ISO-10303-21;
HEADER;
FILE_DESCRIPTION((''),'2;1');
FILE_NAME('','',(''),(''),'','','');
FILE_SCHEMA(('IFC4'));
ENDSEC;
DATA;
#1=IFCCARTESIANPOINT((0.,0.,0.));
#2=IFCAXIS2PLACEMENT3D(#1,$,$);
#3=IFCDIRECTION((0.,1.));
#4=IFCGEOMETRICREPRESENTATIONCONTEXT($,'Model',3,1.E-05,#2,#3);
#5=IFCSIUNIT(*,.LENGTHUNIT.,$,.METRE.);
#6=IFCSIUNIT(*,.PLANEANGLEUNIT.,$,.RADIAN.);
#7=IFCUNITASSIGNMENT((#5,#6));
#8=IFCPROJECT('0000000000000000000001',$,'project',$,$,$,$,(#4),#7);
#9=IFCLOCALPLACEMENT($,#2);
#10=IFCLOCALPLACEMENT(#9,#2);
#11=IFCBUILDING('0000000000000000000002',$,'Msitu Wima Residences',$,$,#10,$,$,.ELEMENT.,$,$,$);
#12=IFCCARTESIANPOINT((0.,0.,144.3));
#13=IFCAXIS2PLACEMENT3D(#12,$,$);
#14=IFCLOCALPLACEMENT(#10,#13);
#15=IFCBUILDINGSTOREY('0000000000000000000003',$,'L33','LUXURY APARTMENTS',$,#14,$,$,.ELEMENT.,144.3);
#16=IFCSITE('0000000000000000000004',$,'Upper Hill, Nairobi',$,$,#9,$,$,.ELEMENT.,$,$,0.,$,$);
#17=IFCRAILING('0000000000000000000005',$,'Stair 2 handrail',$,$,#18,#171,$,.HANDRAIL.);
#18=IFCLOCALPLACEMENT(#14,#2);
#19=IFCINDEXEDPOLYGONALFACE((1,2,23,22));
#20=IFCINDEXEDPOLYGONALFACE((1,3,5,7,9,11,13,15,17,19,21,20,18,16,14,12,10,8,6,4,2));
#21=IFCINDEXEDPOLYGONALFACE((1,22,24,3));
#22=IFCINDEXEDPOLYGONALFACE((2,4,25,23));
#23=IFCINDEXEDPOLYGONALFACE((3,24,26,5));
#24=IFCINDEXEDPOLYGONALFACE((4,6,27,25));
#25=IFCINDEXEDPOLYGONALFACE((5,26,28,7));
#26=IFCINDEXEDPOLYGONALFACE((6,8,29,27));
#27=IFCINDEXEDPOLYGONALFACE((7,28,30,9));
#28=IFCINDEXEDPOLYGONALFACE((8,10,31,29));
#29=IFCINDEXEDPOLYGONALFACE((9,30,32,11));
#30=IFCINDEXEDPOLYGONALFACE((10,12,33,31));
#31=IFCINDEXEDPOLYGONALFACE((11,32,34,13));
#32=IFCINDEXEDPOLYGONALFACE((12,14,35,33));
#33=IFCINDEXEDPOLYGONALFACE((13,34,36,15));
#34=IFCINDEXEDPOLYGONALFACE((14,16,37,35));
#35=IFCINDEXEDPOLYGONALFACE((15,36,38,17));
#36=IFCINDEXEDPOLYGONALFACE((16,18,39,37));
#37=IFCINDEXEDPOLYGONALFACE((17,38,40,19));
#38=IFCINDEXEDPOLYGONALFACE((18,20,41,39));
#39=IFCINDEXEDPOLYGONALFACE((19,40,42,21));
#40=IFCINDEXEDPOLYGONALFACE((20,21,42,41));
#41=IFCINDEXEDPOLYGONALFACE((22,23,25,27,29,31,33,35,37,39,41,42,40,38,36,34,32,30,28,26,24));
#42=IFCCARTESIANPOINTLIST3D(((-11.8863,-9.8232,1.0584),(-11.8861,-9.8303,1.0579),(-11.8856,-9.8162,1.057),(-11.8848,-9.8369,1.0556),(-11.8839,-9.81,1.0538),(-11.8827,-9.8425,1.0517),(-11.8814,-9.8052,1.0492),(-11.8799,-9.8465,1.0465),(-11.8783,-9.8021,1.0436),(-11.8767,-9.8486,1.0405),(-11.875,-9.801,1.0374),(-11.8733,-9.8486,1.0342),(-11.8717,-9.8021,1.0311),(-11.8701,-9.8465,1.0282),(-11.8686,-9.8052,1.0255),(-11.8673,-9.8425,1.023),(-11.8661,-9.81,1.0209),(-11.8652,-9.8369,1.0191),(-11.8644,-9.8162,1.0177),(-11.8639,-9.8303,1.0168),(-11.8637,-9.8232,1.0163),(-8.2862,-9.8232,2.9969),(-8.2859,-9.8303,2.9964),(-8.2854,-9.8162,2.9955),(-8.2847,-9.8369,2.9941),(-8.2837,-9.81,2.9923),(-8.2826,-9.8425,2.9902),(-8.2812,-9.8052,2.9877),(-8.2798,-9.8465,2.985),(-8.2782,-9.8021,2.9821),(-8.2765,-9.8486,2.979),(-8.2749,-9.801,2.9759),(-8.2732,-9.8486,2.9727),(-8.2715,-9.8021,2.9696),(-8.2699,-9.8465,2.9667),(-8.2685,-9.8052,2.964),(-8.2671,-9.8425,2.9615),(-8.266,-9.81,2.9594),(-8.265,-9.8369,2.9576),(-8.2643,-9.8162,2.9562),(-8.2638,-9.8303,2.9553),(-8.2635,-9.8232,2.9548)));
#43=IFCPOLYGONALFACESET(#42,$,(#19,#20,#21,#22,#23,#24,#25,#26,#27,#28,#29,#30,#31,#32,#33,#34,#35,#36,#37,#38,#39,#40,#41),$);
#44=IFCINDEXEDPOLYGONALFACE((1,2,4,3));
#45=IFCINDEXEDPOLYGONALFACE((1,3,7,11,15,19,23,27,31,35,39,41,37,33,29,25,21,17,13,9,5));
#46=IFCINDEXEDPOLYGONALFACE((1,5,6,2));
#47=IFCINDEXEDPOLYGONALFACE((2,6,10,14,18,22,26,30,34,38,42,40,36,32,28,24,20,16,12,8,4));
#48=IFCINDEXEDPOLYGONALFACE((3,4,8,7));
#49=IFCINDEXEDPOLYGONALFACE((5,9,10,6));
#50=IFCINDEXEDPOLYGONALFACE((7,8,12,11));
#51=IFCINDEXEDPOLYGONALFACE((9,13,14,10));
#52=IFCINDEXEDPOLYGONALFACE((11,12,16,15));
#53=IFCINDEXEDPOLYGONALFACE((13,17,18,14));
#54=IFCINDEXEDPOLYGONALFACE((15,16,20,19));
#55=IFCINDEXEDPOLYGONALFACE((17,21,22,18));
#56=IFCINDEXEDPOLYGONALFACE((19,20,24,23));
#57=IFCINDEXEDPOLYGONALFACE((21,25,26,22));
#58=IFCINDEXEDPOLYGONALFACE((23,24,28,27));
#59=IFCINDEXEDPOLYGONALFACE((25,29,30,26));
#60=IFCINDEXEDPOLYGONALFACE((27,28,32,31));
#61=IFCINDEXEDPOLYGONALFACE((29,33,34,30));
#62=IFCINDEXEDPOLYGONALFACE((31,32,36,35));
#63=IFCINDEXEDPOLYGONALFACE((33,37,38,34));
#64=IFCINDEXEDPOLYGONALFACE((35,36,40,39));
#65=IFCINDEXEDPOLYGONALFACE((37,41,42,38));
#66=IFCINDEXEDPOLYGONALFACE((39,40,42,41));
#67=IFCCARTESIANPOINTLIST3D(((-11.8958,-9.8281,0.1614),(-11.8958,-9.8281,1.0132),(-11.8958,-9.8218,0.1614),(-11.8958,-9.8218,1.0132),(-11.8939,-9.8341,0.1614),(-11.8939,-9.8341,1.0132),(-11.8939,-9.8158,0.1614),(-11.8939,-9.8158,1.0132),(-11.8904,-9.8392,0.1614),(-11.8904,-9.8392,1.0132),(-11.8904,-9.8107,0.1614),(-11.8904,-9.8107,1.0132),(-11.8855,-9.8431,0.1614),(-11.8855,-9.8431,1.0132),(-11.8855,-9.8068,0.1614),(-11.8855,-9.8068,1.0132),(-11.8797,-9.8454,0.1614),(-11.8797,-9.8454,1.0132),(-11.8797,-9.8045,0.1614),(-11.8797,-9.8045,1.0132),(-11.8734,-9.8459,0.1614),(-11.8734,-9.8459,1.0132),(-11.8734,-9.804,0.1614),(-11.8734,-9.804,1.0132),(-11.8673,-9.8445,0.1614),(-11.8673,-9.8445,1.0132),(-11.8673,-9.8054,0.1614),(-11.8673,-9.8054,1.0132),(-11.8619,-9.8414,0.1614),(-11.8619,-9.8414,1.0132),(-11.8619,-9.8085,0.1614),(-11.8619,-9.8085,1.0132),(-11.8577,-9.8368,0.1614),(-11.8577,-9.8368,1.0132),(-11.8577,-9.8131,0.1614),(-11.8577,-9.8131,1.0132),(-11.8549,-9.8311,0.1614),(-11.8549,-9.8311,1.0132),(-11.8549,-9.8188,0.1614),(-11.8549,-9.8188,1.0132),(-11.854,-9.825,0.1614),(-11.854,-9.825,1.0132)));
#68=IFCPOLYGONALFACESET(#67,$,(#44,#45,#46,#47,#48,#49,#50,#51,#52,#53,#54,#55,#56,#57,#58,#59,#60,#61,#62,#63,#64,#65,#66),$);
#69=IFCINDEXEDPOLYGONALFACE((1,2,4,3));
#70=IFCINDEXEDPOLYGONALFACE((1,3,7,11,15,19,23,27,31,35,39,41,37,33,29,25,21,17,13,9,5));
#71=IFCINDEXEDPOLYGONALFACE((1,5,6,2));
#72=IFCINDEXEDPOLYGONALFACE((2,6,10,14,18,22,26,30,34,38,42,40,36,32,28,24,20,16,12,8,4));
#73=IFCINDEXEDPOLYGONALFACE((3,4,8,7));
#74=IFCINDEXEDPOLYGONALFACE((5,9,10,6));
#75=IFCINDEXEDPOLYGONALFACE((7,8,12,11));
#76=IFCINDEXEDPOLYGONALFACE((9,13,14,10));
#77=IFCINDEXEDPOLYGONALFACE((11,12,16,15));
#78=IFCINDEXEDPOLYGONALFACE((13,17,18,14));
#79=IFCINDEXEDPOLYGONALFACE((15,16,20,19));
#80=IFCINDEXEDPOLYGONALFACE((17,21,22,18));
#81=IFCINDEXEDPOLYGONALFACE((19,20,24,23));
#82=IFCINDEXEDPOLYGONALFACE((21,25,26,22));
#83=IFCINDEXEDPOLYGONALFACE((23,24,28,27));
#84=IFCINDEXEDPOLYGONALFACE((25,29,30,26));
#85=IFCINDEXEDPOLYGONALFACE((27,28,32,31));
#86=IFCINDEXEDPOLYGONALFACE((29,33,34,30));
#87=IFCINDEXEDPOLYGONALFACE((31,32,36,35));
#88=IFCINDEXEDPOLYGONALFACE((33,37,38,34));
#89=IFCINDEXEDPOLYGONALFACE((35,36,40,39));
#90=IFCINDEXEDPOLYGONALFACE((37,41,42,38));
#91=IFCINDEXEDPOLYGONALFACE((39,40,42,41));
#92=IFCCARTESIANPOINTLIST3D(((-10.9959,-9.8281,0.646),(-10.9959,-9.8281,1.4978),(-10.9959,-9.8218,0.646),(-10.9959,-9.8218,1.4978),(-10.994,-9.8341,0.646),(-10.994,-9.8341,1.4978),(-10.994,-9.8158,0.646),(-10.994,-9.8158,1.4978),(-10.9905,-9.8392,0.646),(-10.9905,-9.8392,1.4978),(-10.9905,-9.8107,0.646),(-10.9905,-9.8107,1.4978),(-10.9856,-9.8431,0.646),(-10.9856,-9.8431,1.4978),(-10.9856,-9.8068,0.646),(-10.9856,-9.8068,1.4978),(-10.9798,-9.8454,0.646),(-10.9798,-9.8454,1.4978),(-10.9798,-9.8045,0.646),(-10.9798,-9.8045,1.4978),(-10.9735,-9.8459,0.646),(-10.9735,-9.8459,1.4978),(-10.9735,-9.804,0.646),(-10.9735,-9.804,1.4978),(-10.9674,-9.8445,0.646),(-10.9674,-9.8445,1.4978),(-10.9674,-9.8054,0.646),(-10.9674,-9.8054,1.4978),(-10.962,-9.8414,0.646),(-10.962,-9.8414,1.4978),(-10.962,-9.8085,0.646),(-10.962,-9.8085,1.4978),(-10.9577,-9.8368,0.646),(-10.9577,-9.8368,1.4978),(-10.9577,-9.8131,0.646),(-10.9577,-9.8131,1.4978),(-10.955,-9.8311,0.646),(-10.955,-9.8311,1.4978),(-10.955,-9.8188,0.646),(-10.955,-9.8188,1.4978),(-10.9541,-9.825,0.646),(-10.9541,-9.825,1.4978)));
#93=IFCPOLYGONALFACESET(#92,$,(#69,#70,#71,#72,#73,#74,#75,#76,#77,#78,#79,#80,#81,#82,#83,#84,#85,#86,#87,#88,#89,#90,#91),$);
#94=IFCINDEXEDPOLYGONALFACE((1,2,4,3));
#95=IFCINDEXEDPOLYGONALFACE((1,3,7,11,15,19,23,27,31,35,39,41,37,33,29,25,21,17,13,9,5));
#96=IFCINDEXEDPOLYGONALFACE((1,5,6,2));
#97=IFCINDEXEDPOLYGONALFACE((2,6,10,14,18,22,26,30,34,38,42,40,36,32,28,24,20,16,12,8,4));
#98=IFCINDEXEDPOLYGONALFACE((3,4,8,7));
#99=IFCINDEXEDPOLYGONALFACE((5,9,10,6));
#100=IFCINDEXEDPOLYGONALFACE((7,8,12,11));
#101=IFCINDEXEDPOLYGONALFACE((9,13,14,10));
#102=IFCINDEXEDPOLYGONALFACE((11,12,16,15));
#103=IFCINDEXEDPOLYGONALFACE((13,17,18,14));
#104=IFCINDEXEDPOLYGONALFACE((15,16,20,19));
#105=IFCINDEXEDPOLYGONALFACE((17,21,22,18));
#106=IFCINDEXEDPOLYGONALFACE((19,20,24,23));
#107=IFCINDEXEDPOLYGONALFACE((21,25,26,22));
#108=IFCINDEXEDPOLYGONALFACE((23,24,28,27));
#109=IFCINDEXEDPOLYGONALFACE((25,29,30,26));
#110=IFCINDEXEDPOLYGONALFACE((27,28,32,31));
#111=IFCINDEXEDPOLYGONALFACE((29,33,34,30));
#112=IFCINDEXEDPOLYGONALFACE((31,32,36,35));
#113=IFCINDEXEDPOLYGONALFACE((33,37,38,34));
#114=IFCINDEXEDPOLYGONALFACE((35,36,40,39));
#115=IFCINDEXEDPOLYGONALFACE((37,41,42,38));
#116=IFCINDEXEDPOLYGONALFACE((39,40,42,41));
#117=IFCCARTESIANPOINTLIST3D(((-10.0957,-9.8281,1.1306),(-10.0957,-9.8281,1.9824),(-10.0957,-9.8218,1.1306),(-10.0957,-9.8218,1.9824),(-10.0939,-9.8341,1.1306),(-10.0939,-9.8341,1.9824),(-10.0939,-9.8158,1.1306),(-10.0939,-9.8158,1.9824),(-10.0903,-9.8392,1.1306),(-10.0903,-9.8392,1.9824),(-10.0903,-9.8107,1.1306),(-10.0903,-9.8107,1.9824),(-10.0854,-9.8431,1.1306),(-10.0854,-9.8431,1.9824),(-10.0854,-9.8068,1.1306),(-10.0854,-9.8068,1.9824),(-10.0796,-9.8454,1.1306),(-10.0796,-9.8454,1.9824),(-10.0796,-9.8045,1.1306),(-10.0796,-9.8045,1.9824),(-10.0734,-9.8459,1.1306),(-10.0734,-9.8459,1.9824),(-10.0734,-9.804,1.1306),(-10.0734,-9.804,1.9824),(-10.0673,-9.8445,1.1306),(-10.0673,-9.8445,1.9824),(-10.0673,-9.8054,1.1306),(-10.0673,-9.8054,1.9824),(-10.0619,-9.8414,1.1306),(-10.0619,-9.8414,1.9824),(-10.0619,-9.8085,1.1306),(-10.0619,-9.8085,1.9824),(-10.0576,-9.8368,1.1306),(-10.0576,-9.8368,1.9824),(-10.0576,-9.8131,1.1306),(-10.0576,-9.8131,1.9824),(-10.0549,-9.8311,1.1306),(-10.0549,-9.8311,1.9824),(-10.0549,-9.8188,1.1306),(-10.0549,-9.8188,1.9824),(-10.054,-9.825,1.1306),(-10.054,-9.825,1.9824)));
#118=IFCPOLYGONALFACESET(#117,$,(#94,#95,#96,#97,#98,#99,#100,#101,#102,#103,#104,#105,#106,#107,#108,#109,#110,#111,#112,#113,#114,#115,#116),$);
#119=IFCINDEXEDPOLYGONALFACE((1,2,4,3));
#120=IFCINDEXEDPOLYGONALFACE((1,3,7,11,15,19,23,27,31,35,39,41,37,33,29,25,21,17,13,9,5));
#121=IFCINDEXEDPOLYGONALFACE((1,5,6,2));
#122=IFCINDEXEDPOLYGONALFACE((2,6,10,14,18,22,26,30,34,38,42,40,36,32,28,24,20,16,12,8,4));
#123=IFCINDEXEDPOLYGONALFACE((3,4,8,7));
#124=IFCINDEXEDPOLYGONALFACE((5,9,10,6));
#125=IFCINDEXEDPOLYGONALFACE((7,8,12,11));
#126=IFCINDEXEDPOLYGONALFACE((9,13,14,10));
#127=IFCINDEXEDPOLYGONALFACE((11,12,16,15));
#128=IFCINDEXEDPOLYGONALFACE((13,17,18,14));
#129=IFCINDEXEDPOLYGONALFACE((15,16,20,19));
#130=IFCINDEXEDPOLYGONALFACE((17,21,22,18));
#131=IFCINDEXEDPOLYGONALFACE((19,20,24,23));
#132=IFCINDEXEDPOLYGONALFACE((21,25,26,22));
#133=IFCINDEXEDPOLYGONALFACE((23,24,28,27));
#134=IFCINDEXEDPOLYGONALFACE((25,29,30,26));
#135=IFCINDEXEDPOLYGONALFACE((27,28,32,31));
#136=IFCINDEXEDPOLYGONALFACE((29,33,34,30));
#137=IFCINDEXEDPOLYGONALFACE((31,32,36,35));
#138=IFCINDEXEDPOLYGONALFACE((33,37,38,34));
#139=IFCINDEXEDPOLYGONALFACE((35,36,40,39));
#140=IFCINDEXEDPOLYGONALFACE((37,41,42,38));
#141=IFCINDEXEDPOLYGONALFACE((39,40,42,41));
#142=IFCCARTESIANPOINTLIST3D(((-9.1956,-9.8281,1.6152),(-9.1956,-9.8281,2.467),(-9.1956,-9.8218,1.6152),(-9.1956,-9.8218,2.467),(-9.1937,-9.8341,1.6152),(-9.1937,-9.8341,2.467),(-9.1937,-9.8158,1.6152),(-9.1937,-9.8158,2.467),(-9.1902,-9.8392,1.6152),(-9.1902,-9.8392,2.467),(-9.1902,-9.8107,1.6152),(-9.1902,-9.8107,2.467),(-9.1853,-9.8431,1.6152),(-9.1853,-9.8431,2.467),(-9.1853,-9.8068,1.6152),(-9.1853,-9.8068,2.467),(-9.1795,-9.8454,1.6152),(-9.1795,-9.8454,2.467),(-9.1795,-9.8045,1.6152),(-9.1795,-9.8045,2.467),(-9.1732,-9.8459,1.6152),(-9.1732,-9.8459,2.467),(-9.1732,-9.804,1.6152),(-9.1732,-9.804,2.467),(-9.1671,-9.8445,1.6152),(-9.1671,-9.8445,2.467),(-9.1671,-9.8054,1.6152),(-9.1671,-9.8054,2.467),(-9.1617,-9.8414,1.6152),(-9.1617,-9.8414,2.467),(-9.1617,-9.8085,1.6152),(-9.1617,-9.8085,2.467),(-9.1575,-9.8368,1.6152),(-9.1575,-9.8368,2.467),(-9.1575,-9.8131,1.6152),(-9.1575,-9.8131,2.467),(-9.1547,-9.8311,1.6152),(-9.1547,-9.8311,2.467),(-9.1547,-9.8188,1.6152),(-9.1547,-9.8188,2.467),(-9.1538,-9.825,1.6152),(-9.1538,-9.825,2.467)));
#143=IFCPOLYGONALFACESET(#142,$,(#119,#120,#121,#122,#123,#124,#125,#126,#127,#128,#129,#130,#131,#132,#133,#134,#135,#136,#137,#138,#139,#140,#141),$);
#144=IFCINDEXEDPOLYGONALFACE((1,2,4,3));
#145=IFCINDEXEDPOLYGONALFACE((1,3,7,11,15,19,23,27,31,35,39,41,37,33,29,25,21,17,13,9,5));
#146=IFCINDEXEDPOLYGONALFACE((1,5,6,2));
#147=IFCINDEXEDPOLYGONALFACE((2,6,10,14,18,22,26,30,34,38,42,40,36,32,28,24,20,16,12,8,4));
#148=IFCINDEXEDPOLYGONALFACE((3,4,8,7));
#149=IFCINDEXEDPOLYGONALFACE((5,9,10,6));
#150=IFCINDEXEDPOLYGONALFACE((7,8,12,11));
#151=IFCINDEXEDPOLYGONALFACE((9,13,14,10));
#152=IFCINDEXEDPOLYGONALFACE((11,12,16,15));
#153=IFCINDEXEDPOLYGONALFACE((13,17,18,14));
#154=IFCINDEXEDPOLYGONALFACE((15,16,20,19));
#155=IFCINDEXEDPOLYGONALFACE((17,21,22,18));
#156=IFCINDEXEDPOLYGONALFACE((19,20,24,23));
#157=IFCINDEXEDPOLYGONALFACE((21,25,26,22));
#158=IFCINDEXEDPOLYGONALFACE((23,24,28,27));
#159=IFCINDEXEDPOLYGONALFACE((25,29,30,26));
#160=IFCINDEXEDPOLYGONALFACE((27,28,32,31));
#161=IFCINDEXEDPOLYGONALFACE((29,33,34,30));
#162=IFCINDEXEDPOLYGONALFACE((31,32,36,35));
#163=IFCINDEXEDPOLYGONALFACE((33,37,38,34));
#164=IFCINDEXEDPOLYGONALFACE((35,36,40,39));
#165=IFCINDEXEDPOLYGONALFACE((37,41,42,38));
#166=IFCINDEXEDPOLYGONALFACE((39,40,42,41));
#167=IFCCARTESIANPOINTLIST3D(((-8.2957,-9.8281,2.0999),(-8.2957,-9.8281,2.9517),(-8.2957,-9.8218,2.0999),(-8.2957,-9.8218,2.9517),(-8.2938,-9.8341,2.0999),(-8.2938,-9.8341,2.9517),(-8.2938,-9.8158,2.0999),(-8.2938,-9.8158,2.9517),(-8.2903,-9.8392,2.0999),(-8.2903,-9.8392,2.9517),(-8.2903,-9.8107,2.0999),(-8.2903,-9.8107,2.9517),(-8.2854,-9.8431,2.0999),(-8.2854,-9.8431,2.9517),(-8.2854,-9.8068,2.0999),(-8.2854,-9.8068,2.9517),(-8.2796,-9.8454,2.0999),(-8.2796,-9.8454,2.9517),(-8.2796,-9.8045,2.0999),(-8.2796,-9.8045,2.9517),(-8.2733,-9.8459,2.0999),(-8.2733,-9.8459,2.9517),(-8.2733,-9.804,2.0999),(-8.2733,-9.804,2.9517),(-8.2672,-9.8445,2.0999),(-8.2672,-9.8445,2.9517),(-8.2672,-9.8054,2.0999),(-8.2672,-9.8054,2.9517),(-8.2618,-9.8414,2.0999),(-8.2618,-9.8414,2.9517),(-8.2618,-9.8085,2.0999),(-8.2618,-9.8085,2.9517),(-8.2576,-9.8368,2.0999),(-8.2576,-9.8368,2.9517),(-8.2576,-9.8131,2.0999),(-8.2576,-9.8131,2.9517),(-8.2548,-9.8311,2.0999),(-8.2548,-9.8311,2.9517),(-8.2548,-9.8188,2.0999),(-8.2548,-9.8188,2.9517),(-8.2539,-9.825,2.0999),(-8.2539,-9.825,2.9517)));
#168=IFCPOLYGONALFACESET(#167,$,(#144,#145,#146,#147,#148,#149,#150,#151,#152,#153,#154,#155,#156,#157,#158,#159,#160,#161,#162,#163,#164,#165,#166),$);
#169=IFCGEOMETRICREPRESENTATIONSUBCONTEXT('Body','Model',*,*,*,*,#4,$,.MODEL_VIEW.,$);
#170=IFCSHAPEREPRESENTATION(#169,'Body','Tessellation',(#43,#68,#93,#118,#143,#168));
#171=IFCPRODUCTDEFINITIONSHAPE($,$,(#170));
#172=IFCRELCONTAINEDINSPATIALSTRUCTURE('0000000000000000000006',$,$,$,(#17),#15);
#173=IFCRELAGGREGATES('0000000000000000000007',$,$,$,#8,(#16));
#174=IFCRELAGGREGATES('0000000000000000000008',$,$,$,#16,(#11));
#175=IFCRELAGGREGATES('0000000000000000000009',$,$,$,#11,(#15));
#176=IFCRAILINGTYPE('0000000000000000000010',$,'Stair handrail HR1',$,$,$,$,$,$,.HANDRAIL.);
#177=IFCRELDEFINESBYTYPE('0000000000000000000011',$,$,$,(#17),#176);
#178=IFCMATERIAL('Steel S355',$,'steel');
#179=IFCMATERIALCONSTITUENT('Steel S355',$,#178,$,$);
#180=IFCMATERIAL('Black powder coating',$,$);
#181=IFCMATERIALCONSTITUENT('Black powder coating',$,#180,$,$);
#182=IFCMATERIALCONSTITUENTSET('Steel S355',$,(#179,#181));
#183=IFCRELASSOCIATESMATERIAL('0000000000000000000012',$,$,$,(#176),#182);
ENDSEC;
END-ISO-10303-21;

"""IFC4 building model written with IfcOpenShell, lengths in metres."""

from ifc_helpers import new_model, si_unit, direction, frame, origin, origin_2d, place, context, subcontext, project, spatial, circle, extrude, material, constituent, constituent_set, type_object, element, save


model = new_model("IFC4")

# Units and contexts
model_context = context("Model", 3, precision=1e-05, world=origin(), true_north=direction((0.0, 1.0)))
body_context = subcontext(model_context, "Body", "Model", "MODEL_VIEW")
ifc_project = project(units=[si_unit("LENGTHUNIT", "METRE"), si_unit("PLANEANGLEUNIT", "RADIAN")], contexts=[model_context])

# Site, building, storey
site_placement = place(None, origin())
site = spatial("IfcSite", under=ifc_project, at=site_placement, Name="Upper Hill, Nairobi", CompositionType="ELEMENT", RefElevation=0.0)
building_placement = place(site_placement, origin())
building = spatial("IfcBuilding", under=site, at=building_placement, Name="Msitu Wima Residences", CompositionType="ELEMENT")
storey_placement = place(building_placement, frame((0.0, 0.0, 144.3)))
storey = spatial("IfcBuildingStorey", under=building, at=storey_placement, Name="L33", Description="LUXURY APARTMENTS", CompositionType="ELEMENT", Elevation=144.3)

# Railing
ifc_material_1 = material(Name="Steel S355", Category="steel")
ifc_constituent_1 = constituent(ifc_material_1, Name="Steel S355")
ifc_material_2 = material(Name="Black powder coating")
ifc_constituent_2 = constituent(ifc_material_2, Name="Black powder coating")
ifc_constituent_set = constituent_set(constituents=[ifc_constituent_1, ifc_constituent_2], Name="Steel S355")
railing_type = type_object("IfcRailingType", Name="Stair handrail HR1", PredefinedType="HANDRAIL", material=ifc_constituent_set)
for number, where, name in (
    (1, (-11.875, -9.825, 0.1614), "Stair 2 handrail"),
):
    element("IfcRailing", number, at=place(storey_placement, frame(where)), inside=storey, type_object=railing_type, Name=name, PredefinedType="HANDRAIL", context=body_context, shape_type="SweptSolid", body=[
        extrude(circle(Radius=0.0239, at=origin_2d()), frame((0.0, 0.0, 0.876), z_axis=(0.880475, 0.0, 0.474093), x_axis=(0.0, 1.0, 0.0)), (0.0, 0.0, 1.0), 4.0889),
        extrude(circle(Radius=0.021, at=origin_2d()), origin(), (0.0, 0.0, 1.0), 0.8518),
        extrude(circle(Radius=0.021, at=origin_2d()), frame((0.8999, 0.0, 0.4846)), (0.0, 0.0, 1.0), 0.8518),
        extrude(circle(Radius=0.021, at=origin_2d()), frame((1.8, 0.0, 0.9692)), (0.0, 0.0, 1.0), 0.8518),
        extrude(circle(Radius=0.021, at=origin_2d()), frame((2.7002, 0.0, 1.4539)), (0.0, 0.0, 1.0), 0.8518),
        extrude(circle(Radius=0.021, at=origin_2d()), frame((3.6001, 0.0, 1.9385)), (0.0, 0.0, 1.0), 0.8518),
    ])

save(model, "model.ifc")
